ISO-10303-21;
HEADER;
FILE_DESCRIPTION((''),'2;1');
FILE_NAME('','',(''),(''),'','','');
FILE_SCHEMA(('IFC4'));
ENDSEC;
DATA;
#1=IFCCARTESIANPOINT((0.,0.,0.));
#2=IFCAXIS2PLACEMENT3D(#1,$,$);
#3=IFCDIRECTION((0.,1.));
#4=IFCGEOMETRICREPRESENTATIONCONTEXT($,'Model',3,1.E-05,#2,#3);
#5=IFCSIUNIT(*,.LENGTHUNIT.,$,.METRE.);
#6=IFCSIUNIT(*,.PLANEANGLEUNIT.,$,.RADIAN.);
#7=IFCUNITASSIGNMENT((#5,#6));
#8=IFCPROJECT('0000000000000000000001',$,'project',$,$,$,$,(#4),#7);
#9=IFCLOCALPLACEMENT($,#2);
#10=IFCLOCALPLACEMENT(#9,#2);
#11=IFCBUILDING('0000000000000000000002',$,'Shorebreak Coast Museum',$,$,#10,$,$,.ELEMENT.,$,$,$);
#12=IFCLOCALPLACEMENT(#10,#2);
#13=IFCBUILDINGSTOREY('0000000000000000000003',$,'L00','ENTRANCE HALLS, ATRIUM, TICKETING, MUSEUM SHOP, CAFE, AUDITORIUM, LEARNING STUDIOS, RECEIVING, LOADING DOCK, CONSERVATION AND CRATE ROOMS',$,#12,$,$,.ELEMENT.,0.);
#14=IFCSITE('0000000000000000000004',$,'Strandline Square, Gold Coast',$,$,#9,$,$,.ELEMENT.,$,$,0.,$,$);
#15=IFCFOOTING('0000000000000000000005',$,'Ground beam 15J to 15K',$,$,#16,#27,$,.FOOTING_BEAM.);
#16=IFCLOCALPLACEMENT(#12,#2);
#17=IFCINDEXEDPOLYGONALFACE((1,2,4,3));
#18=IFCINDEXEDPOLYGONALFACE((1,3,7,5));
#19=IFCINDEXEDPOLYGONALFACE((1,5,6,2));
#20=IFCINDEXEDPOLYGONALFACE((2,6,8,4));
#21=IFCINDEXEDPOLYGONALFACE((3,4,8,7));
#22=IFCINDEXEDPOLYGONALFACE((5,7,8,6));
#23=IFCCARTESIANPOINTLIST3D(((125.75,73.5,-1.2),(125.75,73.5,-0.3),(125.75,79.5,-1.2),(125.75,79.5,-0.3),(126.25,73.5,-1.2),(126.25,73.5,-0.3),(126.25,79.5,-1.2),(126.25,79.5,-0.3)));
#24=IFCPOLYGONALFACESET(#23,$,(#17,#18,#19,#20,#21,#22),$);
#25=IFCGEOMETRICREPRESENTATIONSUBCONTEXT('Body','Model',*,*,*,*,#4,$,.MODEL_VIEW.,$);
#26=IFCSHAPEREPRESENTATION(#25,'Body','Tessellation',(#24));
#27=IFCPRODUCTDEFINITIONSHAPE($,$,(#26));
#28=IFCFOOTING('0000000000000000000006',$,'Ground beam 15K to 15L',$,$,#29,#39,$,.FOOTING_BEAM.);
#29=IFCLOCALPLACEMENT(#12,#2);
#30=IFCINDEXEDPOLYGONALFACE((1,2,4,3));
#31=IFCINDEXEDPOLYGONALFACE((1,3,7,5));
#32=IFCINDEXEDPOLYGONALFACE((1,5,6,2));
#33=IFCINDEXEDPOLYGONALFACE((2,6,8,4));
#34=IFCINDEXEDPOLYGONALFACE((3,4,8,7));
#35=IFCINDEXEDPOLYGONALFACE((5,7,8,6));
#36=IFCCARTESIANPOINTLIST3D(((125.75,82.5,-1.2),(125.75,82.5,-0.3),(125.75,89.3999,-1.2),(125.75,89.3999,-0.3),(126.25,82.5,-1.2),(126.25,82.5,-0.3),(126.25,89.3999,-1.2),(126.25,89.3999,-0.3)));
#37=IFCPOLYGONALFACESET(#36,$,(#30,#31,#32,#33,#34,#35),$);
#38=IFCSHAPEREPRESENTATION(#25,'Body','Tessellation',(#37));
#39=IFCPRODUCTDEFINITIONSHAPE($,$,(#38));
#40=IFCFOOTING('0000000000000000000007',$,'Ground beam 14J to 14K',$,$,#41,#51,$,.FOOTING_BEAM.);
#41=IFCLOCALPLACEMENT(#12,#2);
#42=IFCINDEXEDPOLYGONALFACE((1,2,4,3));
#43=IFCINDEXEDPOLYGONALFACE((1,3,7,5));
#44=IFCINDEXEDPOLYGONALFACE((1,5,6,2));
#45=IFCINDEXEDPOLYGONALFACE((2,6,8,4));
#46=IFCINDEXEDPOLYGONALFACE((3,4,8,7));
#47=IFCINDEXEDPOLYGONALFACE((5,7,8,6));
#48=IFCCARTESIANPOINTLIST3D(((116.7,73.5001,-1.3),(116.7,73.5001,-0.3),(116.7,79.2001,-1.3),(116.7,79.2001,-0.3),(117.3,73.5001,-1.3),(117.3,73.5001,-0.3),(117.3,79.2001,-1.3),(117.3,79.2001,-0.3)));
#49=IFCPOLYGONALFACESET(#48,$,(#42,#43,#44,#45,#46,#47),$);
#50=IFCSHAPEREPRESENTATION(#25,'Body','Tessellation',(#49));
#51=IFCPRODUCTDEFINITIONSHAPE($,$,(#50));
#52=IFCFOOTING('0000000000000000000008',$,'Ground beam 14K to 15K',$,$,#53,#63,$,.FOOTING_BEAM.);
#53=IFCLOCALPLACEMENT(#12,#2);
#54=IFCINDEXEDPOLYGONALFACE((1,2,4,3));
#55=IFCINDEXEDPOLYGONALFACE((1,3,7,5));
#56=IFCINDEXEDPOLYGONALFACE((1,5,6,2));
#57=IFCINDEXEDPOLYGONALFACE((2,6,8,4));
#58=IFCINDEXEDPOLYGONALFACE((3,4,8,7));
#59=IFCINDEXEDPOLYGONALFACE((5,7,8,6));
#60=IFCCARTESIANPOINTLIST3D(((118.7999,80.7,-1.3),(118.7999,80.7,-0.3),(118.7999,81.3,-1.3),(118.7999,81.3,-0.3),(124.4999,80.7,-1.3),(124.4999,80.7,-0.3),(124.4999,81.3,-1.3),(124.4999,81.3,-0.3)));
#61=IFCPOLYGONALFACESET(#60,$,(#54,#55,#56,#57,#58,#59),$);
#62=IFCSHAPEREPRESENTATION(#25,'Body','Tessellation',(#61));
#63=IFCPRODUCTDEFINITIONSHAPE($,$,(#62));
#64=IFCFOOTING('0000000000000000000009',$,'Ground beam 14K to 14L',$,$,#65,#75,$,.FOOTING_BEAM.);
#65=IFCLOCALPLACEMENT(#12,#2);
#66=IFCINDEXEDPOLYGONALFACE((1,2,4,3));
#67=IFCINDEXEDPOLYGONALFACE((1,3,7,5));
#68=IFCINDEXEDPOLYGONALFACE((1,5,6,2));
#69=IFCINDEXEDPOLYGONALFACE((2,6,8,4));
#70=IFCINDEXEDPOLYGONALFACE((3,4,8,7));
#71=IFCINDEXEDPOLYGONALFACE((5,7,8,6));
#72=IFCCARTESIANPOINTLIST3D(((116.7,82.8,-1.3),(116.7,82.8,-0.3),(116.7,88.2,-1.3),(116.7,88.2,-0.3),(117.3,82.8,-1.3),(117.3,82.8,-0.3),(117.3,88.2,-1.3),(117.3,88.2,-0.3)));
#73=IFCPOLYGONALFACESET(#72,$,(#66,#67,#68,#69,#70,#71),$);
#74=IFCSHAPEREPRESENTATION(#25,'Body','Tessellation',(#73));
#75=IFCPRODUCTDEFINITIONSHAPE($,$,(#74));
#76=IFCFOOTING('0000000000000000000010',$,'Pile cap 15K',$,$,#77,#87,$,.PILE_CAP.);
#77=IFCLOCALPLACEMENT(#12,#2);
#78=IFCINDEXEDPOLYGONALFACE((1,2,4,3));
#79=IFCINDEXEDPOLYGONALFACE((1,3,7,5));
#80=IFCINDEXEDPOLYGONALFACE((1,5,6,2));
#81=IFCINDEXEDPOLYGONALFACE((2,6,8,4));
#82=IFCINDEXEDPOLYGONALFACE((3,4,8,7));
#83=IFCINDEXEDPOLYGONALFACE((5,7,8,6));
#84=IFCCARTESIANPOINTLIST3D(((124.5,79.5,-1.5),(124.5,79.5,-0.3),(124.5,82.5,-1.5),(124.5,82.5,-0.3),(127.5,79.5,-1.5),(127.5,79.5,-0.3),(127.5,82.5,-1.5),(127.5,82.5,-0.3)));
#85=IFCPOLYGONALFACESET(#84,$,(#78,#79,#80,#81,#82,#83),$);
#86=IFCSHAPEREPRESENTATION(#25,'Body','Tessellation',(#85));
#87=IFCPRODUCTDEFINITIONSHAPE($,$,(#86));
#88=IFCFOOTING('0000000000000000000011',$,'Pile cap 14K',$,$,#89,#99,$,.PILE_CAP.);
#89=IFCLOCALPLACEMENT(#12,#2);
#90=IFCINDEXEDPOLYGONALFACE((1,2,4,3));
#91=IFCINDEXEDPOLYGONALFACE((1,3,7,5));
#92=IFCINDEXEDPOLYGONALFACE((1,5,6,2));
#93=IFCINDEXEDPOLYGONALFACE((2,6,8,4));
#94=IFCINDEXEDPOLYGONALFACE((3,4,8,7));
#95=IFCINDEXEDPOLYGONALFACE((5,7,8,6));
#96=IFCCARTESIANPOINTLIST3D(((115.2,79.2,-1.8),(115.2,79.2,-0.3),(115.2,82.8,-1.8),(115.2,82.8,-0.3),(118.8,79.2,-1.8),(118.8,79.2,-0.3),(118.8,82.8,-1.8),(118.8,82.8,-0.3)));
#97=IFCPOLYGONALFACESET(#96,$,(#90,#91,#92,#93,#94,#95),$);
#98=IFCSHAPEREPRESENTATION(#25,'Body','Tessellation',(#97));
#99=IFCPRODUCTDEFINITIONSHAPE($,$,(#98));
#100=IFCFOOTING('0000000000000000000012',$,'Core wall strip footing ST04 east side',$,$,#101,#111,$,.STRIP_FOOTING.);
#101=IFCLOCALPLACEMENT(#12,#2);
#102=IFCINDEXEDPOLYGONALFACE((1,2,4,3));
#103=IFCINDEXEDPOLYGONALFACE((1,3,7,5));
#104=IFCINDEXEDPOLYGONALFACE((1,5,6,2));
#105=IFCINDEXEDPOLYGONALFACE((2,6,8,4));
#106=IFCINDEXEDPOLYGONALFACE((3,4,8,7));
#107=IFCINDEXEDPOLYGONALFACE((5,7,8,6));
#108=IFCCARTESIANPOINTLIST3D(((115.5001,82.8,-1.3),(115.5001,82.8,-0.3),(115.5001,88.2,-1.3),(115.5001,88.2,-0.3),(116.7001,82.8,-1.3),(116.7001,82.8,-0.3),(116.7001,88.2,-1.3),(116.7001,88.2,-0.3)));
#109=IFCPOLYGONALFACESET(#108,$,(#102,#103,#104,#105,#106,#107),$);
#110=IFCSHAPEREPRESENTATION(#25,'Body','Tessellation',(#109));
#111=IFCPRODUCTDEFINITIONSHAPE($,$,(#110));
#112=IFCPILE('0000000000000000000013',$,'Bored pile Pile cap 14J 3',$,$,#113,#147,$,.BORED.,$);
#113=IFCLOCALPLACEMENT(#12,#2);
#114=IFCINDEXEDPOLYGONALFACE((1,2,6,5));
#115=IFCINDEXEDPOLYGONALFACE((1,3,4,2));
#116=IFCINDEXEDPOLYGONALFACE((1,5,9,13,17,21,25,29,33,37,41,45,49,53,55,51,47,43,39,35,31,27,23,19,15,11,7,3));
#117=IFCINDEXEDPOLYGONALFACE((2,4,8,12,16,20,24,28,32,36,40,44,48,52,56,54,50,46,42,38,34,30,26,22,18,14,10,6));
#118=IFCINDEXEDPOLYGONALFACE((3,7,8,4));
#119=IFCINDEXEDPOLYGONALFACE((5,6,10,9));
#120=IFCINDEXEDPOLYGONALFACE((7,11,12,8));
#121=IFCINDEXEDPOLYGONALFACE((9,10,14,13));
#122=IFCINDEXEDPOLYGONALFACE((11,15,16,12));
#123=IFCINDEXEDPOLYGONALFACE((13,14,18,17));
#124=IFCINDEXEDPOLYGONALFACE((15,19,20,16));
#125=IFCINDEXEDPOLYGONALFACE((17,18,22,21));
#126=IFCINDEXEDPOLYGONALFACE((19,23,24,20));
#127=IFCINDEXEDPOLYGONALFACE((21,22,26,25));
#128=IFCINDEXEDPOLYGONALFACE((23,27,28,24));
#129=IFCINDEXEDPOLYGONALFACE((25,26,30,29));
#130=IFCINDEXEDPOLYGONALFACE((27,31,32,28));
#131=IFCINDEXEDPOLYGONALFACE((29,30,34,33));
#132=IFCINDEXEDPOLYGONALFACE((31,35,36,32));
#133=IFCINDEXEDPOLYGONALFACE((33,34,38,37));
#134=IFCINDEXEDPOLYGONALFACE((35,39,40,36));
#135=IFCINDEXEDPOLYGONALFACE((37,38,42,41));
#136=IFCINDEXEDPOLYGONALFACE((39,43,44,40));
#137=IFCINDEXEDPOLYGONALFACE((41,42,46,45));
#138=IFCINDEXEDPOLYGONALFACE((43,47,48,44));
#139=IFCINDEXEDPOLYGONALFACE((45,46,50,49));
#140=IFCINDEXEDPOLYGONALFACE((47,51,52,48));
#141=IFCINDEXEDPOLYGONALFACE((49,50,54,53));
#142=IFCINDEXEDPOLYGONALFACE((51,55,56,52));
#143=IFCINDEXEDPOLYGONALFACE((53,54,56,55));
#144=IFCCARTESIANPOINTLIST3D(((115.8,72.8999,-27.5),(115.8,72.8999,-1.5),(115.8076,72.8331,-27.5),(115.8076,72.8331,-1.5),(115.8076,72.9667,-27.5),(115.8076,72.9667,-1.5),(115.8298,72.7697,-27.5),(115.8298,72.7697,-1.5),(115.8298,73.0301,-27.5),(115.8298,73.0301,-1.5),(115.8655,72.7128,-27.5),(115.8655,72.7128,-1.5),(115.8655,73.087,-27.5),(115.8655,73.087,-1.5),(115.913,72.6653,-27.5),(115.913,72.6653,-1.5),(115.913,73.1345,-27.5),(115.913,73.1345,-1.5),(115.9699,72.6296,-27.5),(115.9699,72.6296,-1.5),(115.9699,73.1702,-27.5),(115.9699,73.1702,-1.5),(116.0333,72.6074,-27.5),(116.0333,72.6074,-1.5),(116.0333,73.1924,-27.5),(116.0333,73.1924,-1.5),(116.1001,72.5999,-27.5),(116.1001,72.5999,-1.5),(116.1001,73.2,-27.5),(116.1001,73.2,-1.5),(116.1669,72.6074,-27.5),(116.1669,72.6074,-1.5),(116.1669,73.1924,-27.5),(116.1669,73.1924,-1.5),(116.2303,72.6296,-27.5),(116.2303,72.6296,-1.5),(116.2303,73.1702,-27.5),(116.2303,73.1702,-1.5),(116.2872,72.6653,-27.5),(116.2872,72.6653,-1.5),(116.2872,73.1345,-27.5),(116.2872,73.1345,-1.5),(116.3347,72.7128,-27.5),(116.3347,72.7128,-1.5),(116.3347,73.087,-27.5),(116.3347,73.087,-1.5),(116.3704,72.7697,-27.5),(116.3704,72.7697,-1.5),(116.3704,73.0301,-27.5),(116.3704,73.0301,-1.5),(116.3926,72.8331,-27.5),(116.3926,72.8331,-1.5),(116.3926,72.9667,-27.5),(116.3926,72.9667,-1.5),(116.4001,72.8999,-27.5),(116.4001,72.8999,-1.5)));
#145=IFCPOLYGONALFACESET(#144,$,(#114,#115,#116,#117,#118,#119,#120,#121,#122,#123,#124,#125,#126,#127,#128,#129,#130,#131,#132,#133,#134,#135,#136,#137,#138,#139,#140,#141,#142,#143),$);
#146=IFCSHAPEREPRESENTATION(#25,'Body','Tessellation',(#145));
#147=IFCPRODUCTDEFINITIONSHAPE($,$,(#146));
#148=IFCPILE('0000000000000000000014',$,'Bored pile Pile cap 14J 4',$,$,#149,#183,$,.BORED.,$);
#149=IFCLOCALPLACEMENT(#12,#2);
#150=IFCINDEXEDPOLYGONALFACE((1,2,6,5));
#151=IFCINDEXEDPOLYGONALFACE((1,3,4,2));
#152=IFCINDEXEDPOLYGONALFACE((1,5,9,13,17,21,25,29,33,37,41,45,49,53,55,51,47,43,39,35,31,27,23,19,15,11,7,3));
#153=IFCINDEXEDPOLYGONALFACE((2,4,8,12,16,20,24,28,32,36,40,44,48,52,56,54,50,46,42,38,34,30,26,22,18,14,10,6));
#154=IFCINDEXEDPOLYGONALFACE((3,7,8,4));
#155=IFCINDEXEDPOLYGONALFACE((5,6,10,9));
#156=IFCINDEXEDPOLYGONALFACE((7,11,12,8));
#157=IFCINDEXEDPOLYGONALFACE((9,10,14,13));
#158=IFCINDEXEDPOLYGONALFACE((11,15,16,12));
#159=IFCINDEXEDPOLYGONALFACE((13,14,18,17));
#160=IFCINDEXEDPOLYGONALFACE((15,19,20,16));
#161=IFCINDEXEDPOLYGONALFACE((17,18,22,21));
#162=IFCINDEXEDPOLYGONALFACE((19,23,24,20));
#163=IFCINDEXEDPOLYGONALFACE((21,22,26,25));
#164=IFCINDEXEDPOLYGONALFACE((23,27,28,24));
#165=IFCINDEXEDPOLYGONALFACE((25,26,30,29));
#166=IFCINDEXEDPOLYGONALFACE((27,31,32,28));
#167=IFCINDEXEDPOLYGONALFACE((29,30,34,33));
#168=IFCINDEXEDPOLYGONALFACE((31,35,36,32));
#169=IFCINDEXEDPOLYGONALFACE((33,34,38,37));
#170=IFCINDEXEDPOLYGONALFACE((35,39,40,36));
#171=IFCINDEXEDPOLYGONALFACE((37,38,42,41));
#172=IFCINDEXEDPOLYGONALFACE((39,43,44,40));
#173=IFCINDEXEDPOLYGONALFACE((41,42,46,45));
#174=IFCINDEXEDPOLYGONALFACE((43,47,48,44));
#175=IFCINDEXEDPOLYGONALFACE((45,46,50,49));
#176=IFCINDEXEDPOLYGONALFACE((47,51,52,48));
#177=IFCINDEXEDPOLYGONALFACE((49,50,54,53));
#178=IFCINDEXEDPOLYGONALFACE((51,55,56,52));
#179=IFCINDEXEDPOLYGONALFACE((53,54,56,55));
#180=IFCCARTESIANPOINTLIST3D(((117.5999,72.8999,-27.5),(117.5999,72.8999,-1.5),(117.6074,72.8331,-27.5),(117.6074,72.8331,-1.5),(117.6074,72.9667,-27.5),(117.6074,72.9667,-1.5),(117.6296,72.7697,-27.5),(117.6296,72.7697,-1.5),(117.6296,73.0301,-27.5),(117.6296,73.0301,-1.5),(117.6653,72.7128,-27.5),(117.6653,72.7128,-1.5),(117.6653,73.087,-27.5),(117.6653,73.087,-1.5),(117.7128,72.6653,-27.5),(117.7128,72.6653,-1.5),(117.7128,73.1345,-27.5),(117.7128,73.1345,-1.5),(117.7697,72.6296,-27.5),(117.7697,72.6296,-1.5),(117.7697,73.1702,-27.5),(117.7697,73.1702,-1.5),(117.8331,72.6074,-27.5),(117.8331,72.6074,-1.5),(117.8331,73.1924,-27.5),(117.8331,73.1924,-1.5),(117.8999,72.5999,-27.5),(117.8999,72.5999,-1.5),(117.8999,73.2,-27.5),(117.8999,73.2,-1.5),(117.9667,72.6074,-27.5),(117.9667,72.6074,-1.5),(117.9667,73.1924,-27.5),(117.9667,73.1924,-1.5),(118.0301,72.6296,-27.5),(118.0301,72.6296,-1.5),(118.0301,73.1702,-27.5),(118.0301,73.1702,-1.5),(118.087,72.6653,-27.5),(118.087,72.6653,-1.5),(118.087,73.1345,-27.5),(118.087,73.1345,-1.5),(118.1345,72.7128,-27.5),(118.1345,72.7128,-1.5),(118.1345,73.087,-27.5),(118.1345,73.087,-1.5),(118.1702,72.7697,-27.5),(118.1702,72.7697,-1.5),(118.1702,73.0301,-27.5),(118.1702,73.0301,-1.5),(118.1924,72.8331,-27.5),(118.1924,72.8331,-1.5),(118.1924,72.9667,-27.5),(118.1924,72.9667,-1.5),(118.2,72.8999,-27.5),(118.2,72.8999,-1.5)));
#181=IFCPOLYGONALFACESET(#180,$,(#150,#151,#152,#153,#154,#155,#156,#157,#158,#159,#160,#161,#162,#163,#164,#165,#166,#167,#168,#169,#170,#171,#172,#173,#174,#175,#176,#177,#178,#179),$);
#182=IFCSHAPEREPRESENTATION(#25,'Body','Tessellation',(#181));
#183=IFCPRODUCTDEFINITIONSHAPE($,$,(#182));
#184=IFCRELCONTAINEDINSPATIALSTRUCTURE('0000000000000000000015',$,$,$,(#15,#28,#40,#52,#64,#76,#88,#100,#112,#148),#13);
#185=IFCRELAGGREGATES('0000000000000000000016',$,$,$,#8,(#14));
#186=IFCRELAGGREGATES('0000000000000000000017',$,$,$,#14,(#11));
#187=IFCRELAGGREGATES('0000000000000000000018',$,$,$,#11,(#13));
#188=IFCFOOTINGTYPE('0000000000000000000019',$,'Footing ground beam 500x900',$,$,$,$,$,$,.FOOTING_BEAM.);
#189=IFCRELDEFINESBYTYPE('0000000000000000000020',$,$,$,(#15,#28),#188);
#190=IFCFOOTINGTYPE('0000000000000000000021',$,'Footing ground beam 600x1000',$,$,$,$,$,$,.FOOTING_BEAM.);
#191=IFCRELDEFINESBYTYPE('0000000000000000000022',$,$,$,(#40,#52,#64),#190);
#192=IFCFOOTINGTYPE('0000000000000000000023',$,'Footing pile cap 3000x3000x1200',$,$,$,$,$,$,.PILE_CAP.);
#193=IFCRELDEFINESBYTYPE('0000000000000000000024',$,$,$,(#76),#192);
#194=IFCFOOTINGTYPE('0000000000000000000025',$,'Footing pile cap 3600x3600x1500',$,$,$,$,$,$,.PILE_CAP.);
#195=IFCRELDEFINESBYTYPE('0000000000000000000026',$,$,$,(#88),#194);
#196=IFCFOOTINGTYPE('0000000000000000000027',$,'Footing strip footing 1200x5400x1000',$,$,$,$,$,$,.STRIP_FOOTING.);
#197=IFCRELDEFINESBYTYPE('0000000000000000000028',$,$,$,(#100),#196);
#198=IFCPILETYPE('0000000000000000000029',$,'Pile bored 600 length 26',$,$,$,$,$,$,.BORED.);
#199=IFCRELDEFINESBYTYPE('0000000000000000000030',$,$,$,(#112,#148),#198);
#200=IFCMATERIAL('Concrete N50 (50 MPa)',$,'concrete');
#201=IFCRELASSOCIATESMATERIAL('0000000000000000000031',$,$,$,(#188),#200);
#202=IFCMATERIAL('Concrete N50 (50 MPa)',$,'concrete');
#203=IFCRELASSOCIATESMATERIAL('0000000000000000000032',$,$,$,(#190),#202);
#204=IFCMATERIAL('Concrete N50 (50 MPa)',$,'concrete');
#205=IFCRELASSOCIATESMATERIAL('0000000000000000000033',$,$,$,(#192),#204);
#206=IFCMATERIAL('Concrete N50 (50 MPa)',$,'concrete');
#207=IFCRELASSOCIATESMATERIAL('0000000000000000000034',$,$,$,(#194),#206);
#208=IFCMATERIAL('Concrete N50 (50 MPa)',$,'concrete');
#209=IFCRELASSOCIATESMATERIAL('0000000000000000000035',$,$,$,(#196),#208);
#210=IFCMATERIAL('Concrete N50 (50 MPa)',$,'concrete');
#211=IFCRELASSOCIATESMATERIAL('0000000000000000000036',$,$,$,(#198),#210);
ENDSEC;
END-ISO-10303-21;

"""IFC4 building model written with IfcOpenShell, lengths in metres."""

from ifc_helpers import new_model, si_unit, direction, frame, origin, origin_2d, place, context, subcontext, project, spatial, rectangle, circle, extrude, material, material_profile, profile_set, type_object, element, save


model = new_model("IFC4")

# Units and contexts
model_context = context("Model", 3, precision=1e-05, world=origin(), true_north=direction((0.0, 1.0)))
body_context = subcontext(model_context, "Body", "Model", "MODEL_VIEW")
ifc_project = project(units=[si_unit("LENGTHUNIT", "METRE"), si_unit("PLANEANGLEUNIT", "RADIAN")], contexts=[model_context])

# Site, building, storey
site_placement = place(None, origin())
site = spatial("IfcSite", under=ifc_project, at=site_placement, Name="Strandline Square, Gold Coast", CompositionType="ELEMENT", RefElevation=0.0)
building_placement = place(site_placement, origin())
building = spatial("IfcBuilding", under=site, at=building_placement, Name="Shorebreak Coast Museum", CompositionType="ELEMENT")
storey_placement = place(building_placement, origin())
storey = spatial("IfcBuildingStorey", under=building, at=storey_placement, Name="L00", Description="ENTRANCE HALLS, ATRIUM, TICKETING, MUSEUM SHOP, CAFE, AUDITORIUM, LEARNING STUDIOS, RECEIVING, LOADING DOCK, CONSERVATION AND CRATE ROOMS", CompositionType="ELEMENT", Elevation=0.0)

# Footings
ifc_material_1 = material(Name="Concrete N50 (50 MPa)", Category="concrete")
footing_type_1 = type_object("IfcFootingType", Name="Footing ground beam 500x900", PredefinedType="FOOTING_BEAM", material=ifc_material_1)
footing_1_placement = place(storey_placement, frame((126.0, 76.5, -1.2), z_axis=(0.0, 0.0, 1.0), x_axis=(1.0, 0.0, 0.0)))
element("IfcFooting", 1, at=footing_1_placement, inside=storey, type_object=footing_type_1, Name="Ground beam 15J to 15K", PredefinedType="FOOTING_BEAM", context=body_context, shape_type="SweptSolid", body=[
    extrude(rectangle(XDim=0.5, YDim=6.0, at=origin_2d()), origin(), (0.0, 0.0, 1.0), 0.8999),
])
footing_2_placement = place(storey_placement, frame((126.0, 85.95, -1.2), z_axis=(0.0, 0.0, 1.0), x_axis=(1.0, 0.0, 0.0)))
element("IfcFooting", 2, at=footing_2_placement, inside=storey, type_object=footing_type_1, Name="Ground beam 15K to 15L", PredefinedType="FOOTING_BEAM", context=body_context, shape_type="SweptSolid", body=[
    extrude(rectangle(XDim=0.5, YDim=6.8999, at=origin_2d()), origin(), (0.0, 0.0, 1.0), 0.8999),
])
ifc_material_2 = material(Name="Concrete N50 (50 MPa)", Category="concrete")
footing_type_2 = type_object("IfcFootingType", Name="Footing ground beam 600x1000", PredefinedType="FOOTING_BEAM", material=ifc_material_2)
footing_3_placement = place(storey_placement, frame((117.0, 76.3501, -1.3), z_axis=(0.0, 0.0, 1.0), x_axis=(1.0, 0.0, 0.0)))
element("IfcFooting", 3, at=footing_3_placement, inside=storey, type_object=footing_type_2, Name="Ground beam 14J to 14K", PredefinedType="FOOTING_BEAM", context=body_context, shape_type="SweptSolid", body=[
    extrude(rectangle(XDim=0.6001, YDim=5.7, at=origin_2d()), origin(), (0.0, 0.0, 1.0), 1.0),
])
footing_4_placement = place(storey_placement, frame((121.6499, 81.0, -1.3), z_axis=(0.0, 0.0, 1.0), x_axis=(1.0, 0.0, 0.0)))
element("IfcFooting", 4, at=footing_4_placement, inside=storey, type_object=footing_type_2, Name="Ground beam 14K to 15K", PredefinedType="FOOTING_BEAM", context=body_context, shape_type="SweptSolid", body=[
    extrude(rectangle(XDim=5.7, YDim=0.6001, at=origin_2d()), origin(), (0.0, 0.0, 1.0), 1.0),
])
footing_5_placement = place(storey_placement, frame((117.0, 85.5, -1.3), z_axis=(0.0, 0.0, 1.0), x_axis=(1.0, 0.0, 0.0)))
element("IfcFooting", 5, at=footing_5_placement, inside=storey, type_object=footing_type_2, Name="Ground beam 14K to 14L", PredefinedType="FOOTING_BEAM", context=body_context, shape_type="SweptSolid", body=[
    extrude(rectangle(XDim=0.6001, YDim=5.3999, at=origin_2d()), origin(), (0.0, 0.0, 1.0), 1.0),
])
ifc_material_3 = material(Name="Concrete N50 (50 MPa)", Category="concrete")
footing_type_3 = type_object("IfcFootingType", Name="Footing pile cap 3000x3000x1200", PredefinedType="PILE_CAP", material=ifc_material_3)
footing_6_placement = place(storey_placement, frame((126.0, 81.0, -1.5), z_axis=(0.0, 0.0, 1.0), x_axis=(1.0, 0.0, 0.0)))
element("IfcFooting", 6, at=footing_6_placement, inside=storey, type_object=footing_type_3, Name="Pile cap 15K", PredefinedType="PILE_CAP", context=body_context, shape_type="SweptSolid", body=[
    extrude(rectangle(XDim=3.0, YDim=3.0, at=origin_2d()), origin(), (0.0, 0.0, 1.0), 1.2),
])
ifc_material_4 = material(Name="Concrete N50 (50 MPa)", Category="concrete")
footing_type_4 = type_object("IfcFootingType", Name="Footing pile cap 3600x3600x1500", PredefinedType="PILE_CAP", material=ifc_material_4)
footing_7_placement = place(storey_placement, frame((117.0, 81.0, -1.8), z_axis=(0.0, 0.0, 1.0), x_axis=(1.0, 0.0, 0.0)))
element("IfcFooting", 7, at=footing_7_placement, inside=storey, type_object=footing_type_4, Name="Pile cap 14K", PredefinedType="PILE_CAP", context=body_context, shape_type="SweptSolid", body=[
    extrude(rectangle(XDim=3.6001, YDim=3.6001, at=origin_2d()), origin(), (0.0, 0.0, 1.0), 1.5),
])
ifc_material_5 = material(Name="Concrete N50 (50 MPa)", Category="concrete")
footing_type_5 = type_object("IfcFootingType", Name="Footing strip footing 1200x5400x1000", PredefinedType="STRIP_FOOTING", material=ifc_material_5)
footing_8_placement = place(storey_placement, frame((116.1001, 85.5, -1.3), z_axis=(0.0, 0.0, 1.0), x_axis=(1.0, 0.0, 0.0)))
element("IfcFooting", 8, at=footing_8_placement, inside=storey, type_object=footing_type_5, Name="Core wall strip footing ST04 east side", PredefinedType="STRIP_FOOTING", context=body_context, shape_type="SweptSolid", body=[
    extrude(rectangle(XDim=1.2, YDim=5.3999, at=origin_2d()), origin(), (0.0, 0.0, 1.0), 1.0),
])

# Piles
ifc_material_6 = material(Name="Concrete N50 (50 MPa)", Category="concrete")
ifc_material_profile_1 = material_profile(ifc_material_6, circle(Radius=0.3, at=origin_2d()), Name="Pile bored 600 length 26")
ifc_profile_set_1 = profile_set([ifc_material_profile_1], Name="Concrete N50 (50 MPa)")
pile_type_1 = type_object("IfcPileType", Name="Pile bored 600 length 26", PredefinedType="BORED", material=ifc_profile_set_1)
for number, where, z_axis, x_axis, name in (
    (9, (116.1001, 72.8999, -1.5), (0.0, 0.0, -1.0), (1.0, 0.0, 0.0), "Bored pile Pile cap 14J 3"),
    (10, (117.8999, 72.8999, -1.5), (0.0, 0.0, -1.0), (1.0, 0.0, 0.0), "Bored pile Pile cap 14J 4"),
):
    element("IfcPile", number, at=place(storey_placement, frame(where, z_axis=z_axis, x_axis=x_axis)), inside=storey, type_object=pile_type_1, Name=name, PredefinedType="BORED", context=body_context, shape_type="SweptSolid", body=[
        extrude(circle(Radius=0.3, at=origin_2d()), origin(), (0.0, 0.0, 1.0), 26.0),
    ])

save(model, "model.ifc")
